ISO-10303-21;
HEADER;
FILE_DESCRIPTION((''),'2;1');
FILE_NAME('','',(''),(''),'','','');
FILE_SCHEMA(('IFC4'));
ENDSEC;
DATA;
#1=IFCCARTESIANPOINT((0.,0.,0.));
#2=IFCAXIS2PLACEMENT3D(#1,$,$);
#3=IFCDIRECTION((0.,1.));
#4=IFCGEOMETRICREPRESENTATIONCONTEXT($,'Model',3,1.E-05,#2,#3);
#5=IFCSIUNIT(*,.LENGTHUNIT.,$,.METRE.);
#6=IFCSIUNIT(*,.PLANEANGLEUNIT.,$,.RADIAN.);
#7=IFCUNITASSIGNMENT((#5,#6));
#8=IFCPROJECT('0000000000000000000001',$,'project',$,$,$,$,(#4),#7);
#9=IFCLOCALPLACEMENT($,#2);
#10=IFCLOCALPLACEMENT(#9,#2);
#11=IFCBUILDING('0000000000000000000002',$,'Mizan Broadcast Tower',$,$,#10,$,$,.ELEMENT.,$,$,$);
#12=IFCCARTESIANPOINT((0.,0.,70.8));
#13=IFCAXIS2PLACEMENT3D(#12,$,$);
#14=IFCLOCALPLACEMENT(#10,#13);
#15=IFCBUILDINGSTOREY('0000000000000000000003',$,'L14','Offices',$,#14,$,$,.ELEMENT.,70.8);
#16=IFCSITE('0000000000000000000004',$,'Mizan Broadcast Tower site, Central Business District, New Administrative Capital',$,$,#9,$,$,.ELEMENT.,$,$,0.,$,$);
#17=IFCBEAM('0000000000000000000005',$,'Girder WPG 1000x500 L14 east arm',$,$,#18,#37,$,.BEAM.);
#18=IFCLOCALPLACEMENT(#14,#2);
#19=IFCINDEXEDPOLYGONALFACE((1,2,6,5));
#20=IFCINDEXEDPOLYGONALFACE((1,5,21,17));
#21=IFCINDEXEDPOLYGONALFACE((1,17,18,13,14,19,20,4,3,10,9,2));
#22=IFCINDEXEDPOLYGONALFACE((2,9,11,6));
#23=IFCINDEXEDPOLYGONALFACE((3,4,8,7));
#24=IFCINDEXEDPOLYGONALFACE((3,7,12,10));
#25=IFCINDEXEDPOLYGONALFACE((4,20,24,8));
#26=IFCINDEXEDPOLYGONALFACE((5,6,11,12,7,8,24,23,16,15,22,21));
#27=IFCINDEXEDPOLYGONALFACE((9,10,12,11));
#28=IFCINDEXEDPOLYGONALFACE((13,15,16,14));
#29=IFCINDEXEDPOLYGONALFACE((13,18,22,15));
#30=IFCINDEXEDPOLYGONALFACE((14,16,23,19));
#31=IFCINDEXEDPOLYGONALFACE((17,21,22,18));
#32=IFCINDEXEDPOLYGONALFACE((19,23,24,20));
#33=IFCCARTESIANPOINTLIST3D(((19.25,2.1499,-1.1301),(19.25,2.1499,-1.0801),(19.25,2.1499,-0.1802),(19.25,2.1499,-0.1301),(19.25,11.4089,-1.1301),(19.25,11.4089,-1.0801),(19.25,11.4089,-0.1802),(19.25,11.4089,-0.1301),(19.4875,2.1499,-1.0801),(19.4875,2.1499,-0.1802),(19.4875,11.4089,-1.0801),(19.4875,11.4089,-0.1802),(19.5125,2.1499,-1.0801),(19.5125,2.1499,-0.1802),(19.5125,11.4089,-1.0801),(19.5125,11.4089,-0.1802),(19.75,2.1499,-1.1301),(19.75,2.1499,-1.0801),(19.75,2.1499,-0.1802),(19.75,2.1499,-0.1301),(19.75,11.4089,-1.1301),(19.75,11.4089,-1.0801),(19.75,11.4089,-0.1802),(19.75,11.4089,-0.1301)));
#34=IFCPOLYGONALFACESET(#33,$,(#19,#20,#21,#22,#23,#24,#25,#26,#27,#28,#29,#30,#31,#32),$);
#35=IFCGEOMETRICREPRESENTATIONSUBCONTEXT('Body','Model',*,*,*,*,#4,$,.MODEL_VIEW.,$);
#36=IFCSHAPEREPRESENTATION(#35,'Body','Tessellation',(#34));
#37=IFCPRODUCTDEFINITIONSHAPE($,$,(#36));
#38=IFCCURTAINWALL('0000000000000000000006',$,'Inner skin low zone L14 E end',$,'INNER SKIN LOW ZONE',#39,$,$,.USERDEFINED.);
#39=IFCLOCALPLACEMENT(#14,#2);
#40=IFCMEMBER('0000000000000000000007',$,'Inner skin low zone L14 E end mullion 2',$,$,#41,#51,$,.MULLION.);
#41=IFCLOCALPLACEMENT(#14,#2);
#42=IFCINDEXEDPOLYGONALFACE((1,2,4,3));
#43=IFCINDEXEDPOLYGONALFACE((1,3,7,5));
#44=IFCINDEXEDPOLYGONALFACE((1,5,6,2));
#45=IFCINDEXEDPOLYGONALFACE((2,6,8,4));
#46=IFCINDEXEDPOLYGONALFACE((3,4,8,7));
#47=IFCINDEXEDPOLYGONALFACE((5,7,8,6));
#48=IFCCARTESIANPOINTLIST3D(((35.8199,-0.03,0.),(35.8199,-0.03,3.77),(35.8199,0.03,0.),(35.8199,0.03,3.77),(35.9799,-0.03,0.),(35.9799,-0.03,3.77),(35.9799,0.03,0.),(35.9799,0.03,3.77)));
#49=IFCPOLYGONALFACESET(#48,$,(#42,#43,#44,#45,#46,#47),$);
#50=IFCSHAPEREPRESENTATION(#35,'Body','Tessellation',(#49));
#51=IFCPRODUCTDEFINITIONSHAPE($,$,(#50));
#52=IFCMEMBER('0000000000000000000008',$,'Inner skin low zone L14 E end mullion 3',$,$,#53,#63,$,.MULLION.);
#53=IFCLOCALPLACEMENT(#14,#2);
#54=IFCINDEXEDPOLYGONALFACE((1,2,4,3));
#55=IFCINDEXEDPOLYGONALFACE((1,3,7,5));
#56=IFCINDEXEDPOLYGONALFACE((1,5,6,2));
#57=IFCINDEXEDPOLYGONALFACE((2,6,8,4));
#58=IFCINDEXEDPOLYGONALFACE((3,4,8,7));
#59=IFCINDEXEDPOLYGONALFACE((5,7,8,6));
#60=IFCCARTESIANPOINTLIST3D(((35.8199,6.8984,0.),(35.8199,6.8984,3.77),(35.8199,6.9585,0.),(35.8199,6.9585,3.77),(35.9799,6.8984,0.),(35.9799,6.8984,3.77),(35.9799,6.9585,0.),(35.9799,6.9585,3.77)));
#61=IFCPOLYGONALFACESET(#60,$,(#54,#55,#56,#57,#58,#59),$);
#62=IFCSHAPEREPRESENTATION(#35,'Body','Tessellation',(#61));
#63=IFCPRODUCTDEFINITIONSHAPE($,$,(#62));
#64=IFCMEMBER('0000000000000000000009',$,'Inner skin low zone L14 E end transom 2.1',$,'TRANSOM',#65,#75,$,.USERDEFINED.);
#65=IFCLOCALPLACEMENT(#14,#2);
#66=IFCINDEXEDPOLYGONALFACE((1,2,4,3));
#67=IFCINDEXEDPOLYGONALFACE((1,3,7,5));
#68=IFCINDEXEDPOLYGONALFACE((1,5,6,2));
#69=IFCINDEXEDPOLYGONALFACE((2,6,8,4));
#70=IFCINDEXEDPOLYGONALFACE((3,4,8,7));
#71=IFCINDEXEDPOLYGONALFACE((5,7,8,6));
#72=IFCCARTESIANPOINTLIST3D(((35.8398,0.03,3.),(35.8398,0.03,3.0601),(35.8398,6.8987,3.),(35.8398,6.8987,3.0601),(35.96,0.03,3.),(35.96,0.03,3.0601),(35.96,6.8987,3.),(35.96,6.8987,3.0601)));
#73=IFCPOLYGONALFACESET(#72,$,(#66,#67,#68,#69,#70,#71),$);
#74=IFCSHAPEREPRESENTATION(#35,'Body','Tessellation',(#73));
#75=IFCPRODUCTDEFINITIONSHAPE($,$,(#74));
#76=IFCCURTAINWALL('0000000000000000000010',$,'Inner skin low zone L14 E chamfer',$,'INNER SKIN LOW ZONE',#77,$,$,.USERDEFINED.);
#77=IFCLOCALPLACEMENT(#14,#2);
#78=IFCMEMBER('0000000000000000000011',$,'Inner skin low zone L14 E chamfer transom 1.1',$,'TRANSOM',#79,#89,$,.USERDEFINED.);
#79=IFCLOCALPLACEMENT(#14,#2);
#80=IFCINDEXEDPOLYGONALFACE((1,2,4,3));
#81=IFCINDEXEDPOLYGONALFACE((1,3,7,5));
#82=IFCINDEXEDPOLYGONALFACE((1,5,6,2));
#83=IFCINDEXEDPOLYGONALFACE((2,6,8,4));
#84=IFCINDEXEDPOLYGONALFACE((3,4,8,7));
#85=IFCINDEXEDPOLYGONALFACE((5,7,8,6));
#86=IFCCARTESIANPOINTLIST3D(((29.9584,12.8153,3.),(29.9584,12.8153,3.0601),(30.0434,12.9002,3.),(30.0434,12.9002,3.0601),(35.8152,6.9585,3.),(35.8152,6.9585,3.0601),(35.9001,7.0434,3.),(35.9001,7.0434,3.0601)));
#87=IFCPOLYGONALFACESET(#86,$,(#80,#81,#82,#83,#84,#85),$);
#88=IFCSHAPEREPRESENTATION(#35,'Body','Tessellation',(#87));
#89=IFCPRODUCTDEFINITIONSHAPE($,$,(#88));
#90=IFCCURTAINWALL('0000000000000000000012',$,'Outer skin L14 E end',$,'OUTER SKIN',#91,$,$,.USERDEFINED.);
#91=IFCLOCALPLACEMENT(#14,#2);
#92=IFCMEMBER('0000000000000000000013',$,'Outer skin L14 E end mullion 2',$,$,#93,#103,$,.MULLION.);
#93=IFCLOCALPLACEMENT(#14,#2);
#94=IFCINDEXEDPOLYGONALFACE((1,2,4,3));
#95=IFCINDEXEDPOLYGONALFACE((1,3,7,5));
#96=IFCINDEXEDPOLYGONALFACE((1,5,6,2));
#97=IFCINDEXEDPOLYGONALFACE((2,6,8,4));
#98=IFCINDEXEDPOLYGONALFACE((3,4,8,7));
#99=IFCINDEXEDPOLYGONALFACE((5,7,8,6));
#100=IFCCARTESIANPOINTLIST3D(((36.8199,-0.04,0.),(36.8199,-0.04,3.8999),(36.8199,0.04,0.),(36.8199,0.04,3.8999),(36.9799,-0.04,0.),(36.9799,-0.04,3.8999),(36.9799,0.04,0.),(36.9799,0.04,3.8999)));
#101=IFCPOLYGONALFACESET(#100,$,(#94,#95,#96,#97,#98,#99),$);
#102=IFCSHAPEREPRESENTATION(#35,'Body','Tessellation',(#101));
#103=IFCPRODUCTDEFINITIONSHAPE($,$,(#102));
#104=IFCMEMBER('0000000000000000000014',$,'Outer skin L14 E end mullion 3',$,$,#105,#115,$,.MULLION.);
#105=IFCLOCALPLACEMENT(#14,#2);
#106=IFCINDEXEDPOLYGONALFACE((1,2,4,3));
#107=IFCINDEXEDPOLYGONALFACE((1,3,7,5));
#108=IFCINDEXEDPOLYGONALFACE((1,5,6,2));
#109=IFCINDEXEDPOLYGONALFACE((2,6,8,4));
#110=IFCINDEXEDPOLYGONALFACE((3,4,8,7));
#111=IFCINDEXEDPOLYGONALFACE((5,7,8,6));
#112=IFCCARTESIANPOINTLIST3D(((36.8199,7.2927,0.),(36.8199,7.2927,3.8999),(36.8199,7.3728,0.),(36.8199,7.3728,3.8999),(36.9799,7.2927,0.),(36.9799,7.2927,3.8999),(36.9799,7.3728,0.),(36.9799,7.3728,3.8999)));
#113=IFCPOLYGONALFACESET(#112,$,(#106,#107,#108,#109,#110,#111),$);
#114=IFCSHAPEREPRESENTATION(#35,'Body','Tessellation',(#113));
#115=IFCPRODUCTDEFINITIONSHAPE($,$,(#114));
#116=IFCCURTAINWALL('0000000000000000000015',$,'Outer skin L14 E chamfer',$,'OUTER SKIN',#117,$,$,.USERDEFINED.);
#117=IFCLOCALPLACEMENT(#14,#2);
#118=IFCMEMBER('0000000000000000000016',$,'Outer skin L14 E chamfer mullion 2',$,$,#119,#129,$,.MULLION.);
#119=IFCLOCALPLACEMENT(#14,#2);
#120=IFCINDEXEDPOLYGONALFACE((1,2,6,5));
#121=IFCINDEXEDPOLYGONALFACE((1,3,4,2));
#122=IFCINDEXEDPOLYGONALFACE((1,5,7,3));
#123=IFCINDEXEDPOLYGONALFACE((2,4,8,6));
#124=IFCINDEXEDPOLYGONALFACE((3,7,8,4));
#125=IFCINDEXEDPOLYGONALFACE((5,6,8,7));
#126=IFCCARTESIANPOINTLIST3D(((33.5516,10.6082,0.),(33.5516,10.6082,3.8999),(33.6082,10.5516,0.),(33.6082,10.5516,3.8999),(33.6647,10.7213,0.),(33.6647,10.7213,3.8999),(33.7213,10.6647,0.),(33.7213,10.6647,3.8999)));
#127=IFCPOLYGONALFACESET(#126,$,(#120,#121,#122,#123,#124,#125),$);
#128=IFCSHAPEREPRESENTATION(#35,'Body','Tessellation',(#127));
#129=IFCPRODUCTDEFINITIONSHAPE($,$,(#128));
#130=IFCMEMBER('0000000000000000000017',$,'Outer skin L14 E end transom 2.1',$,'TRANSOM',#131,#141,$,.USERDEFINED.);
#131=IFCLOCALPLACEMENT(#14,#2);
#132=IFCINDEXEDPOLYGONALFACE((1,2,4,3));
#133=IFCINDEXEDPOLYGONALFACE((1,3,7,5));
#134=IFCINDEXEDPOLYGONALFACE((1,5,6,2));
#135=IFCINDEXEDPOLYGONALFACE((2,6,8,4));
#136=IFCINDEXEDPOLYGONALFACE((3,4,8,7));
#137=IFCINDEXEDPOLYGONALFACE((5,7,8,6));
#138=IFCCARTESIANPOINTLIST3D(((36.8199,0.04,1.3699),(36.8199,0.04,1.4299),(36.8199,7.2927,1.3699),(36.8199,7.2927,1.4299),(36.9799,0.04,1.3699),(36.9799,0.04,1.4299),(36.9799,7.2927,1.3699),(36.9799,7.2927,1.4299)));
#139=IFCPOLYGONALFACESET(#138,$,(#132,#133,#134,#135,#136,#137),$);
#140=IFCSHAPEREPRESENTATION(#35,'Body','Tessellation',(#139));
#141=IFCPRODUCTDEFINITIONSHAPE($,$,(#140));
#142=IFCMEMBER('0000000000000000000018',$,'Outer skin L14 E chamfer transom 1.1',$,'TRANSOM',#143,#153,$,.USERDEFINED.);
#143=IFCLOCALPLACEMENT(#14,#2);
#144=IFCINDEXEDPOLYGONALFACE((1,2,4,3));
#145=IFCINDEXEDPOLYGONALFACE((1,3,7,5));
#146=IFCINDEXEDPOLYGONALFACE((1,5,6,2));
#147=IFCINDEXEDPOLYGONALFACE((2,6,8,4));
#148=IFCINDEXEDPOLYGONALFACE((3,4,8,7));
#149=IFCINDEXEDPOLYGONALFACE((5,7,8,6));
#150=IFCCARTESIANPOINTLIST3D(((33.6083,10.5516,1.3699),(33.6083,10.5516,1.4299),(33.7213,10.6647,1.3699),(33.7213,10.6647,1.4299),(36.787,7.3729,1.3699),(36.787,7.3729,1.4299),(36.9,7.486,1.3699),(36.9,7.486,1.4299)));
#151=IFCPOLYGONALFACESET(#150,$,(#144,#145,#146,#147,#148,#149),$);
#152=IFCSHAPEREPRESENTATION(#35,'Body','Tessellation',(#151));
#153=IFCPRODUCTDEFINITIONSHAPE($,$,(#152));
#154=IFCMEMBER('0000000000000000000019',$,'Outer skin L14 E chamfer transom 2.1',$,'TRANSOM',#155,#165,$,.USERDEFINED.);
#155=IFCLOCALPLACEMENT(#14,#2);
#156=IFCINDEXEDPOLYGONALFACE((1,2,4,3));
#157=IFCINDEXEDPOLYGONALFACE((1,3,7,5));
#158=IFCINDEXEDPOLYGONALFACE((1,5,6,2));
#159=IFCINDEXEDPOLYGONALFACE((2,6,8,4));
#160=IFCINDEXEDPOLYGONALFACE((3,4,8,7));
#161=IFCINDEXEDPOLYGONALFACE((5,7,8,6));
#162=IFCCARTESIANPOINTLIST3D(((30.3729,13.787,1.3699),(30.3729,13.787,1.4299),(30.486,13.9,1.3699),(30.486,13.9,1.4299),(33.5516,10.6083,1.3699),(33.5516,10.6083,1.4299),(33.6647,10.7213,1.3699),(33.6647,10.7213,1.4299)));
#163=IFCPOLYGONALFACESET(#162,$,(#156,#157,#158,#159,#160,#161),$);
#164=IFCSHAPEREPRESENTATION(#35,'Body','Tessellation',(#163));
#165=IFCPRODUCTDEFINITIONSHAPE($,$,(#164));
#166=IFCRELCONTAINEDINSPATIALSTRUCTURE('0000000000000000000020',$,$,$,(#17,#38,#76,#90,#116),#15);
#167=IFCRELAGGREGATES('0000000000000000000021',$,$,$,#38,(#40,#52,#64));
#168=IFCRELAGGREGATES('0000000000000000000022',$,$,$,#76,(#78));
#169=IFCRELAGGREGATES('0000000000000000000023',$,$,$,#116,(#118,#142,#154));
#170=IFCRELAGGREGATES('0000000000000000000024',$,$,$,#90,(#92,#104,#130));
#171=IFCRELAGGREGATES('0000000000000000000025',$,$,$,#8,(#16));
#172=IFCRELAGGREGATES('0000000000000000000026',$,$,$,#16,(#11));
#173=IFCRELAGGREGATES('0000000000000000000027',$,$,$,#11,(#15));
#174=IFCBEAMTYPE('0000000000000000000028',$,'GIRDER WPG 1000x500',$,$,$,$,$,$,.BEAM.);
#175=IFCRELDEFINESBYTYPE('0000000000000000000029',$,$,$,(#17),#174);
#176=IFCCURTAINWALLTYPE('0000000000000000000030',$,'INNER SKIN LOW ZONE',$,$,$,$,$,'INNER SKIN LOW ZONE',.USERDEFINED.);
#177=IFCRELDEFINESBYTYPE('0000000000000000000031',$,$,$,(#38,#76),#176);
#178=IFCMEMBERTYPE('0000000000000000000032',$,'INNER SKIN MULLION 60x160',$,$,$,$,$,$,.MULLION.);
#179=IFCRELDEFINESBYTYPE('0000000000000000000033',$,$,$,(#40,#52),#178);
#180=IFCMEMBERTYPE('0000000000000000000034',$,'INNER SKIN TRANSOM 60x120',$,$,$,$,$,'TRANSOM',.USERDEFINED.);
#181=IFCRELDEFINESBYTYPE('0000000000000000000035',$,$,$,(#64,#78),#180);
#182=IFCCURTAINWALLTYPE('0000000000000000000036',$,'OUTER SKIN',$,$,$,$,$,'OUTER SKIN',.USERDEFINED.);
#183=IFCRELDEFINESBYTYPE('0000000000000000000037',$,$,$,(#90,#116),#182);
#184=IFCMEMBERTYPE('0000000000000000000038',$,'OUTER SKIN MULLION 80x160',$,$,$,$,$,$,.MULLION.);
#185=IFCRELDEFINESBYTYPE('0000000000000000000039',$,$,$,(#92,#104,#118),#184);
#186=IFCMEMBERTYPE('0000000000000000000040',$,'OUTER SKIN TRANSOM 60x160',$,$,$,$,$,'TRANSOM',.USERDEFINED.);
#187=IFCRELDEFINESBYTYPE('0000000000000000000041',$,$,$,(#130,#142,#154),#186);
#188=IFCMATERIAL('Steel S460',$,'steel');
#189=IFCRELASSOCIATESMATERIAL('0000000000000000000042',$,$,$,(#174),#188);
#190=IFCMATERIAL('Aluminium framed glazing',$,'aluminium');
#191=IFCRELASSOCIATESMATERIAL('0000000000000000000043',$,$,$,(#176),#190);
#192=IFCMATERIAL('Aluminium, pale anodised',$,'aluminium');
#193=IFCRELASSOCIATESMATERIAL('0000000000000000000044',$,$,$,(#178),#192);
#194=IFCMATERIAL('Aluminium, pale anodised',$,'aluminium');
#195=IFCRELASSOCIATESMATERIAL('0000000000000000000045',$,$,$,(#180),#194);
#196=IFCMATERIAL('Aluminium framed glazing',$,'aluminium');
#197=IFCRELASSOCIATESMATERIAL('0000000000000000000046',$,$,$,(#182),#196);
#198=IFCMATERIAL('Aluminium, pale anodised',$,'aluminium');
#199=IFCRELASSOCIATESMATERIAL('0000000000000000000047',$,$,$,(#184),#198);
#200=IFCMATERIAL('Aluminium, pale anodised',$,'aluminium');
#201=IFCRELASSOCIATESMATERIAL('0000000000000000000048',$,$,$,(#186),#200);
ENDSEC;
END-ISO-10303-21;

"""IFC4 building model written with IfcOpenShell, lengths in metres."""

from ifc_helpers import new_model, si_unit, direction, frame, origin, origin_2d, place, context, subcontext, project, spatial, rectangle, i_section, extrude, material, material_profile, profile_set, type_object, element, aggregate, save


model = new_model("IFC4")

# Units and contexts
model_context = context("Model", 3, precision=1e-05, world=origin(), true_north=direction((0.0, 1.0)))
body_context = subcontext(model_context, "Body", "Model", "MODEL_VIEW")
ifc_project = project(units=[si_unit("LENGTHUNIT", "METRE"), si_unit("PLANEANGLEUNIT", "RADIAN")], contexts=[model_context])

# Site, building, storey
site_placement = place(None, origin())
site = spatial("IfcSite", under=ifc_project, at=site_placement, Name="Mizan Broadcast Tower site, Central Business District, New Administrative Capital", CompositionType="ELEMENT", RefElevation=0.0)
building_placement = place(site_placement, origin())
building = spatial("IfcBuilding", under=site, at=building_placement, Name="Mizan Broadcast Tower", CompositionType="ELEMENT")
storey_placement = place(building_placement, frame((0.0, 0.0, 70.8)))
storey = spatial("IfcBuildingStorey", under=building, at=storey_placement, Name="L14", Description="Offices", CompositionType="ELEMENT", Elevation=70.8)

# Beam
ifc_material_1 = material(Name="Steel S460", Category="steel")
ifc_material_profile_1 = material_profile(ifc_material_1, i_section(OverallWidth=0.5, OverallDepth=1.0, WebThickness=0.0249, FlangeThickness=0.05, at=origin_2d()), Name="WPG 1000x500")
ifc_profile_set_1 = profile_set([ifc_material_profile_1], Name="Steel S460")
beam_type_1 = type_object("IfcBeamType", Name="GIRDER WPG 1000x500", PredefinedType="BEAM", material=ifc_profile_set_1)
beam_1_placement = place(storey_placement, frame((19.5, 11.4089, -0.6301), z_axis=(0.0, -1.0, 0.0), x_axis=(1.0, 0.0, 0.0)))
element("IfcBeam", 1, at=beam_1_placement, inside=storey, type_object=beam_type_1, Name="Girder WPG 1000x500 L14 east arm", PredefinedType="BEAM", context=body_context, shape_type="SweptSolid", body=[
    extrude(i_section(OverallWidth=0.5, OverallDepth=1.0, WebThickness=0.0249, FlangeThickness=0.05, at=origin_2d()), origin(), (0.0, 0.0, 1.0), 9.259),
])

# Curtain wall, members
ifc_material_2 = material(Name="Aluminium framed glazing", Category="aluminium")
curtain_wall_type_1 = type_object("IfcCurtainWallType", Name="INNER SKIN LOW ZONE", ElementType="INNER SKIN LOW ZONE", PredefinedType="USERDEFINED", material=ifc_material_2)
curtain_wall_1_placement = place(storey_placement, origin())
curtain_wall_1 = element("IfcCurtainWall", 2, at=curtain_wall_1_placement, inside=storey, type_object=curtain_wall_type_1, Name="Inner skin low zone L14 E end", ObjectType="INNER SKIN LOW ZONE", PredefinedType="USERDEFINED")
ifc_material_3 = material(Name="Aluminium, pale anodised", Category="aluminium")
ifc_material_profile_2 = material_profile(ifc_material_3, rectangle(XDim=0.1599, YDim=0.0601, at=origin_2d()), Name="MULLION 160x60")
ifc_profile_set_2 = profile_set([ifc_material_profile_2], Name="Aluminium, pale anodised")
member_type_1 = type_object("IfcMemberType", Name="INNER SKIN MULLION 60x160", PredefinedType="MULLION", material=ifc_profile_set_2)
member_1_placement = place(storey_placement, frame((35.8999, 0.0, 0.0), z_axis=(0.0, 0.0, 1.0), x_axis=(-1.0, 0.0, 0.0)))
member_1 = element("IfcMember", 3, at=member_1_placement, type_object=member_type_1, Name="Inner skin low zone L14 E end mullion 2", PredefinedType="MULLION", context=body_context, shape_type="SweptSolid", body=[
    extrude(rectangle(XDim=0.1599, YDim=0.0601, at=origin_2d()), origin(), (0.0, 0.0, 1.0), 3.77),
])
member_2_placement = place(storey_placement, frame((35.8999, 6.9285, 0.0), z_axis=(0.0, 0.0, 1.0), x_axis=(-1.0, 0.0, 0.0)))
member_2 = element("IfcMember", 4, at=member_2_placement, type_object=member_type_1, Name="Inner skin low zone L14 E end mullion 3", PredefinedType="MULLION", context=body_context, shape_type="SweptSolid", body=[
    extrude(rectangle(XDim=0.1599, YDim=0.0601, at=origin_2d()), origin(), (0.0, 0.0, 1.0), 3.77),
])
ifc_material_4 = material(Name="Aluminium, pale anodised", Category="aluminium")
ifc_material_profile_3 = material_profile(ifc_material_4, rectangle(XDim=0.1201, YDim=0.0601, at=origin_2d()), Name="TRANSOM 120x60")
ifc_profile_set_3 = profile_set([ifc_material_profile_3], Name="Aluminium, pale anodised")
member_type_2 = type_object("IfcMemberType", Name="INNER SKIN TRANSOM 60x120", ElementType="TRANSOM", PredefinedType="USERDEFINED", material=ifc_profile_set_3)
member_3_placement = place(storey_placement, frame((35.8999, 0.03, 3.03), z_axis=(0.0, 1.0, 0.0), x_axis=(-1.0, 0.0, 0.0)))
member_3 = element("IfcMember", 5, at=member_3_placement, type_object=member_type_2, Name="Inner skin low zone L14 E end transom 2.1", ObjectType="TRANSOM", PredefinedType="USERDEFINED", context=body_context, shape_type="SweptSolid", body=[
    extrude(rectangle(XDim=0.1201, YDim=0.0601, at=origin_2d()), origin(), (0.0, 0.0, 1.0), 6.8687),
])

# Curtain wall, member
curtain_wall_2_placement = place(storey_placement, origin())
curtain_wall_2 = element("IfcCurtainWall", 6, at=curtain_wall_2_placement, inside=storey, type_object=curtain_wall_type_1, Name="Inner skin low zone L14 E chamfer", ObjectType="INNER SKIN LOW ZONE", PredefinedType="USERDEFINED")
member_4_placement = place(storey_placement, frame((35.8577, 7.001, 3.03), z_axis=(-0.707107, 0.707107, 0.0), x_axis=(-0.707107, -0.707107, 0.0)))
member_4 = element("IfcMember", 7, at=member_4_placement, type_object=member_type_2, Name="Inner skin low zone L14 E chamfer transom 1.1", ObjectType="TRANSOM", PredefinedType="USERDEFINED", context=body_context, shape_type="SweptSolid", body=[
    extrude(rectangle(XDim=0.1201, YDim=0.0601, at=origin_2d()), origin(), (0.0, 0.0, 1.0), 8.2827),
])

# Curtain wall, members
ifc_material_5 = material(Name="Aluminium framed glazing", Category="aluminium")
curtain_wall_type_2 = type_object("IfcCurtainWallType", Name="OUTER SKIN", ElementType="OUTER SKIN", PredefinedType="USERDEFINED", material=ifc_material_5)
curtain_wall_3_placement = place(storey_placement, origin())
curtain_wall_3 = element("IfcCurtainWall", 8, at=curtain_wall_3_placement, inside=storey, type_object=curtain_wall_type_2, Name="Outer skin L14 E end", ObjectType="OUTER SKIN", PredefinedType="USERDEFINED")
ifc_material_6 = material(Name="Aluminium, pale anodised", Category="aluminium")
ifc_material_profile_4 = material_profile(ifc_material_6, rectangle(XDim=0.1599, YDim=0.0801, at=origin_2d()), Name="MULLION 160x80")
ifc_profile_set_4 = profile_set([ifc_material_profile_4], Name="Aluminium, pale anodised")
member_type_3 = type_object("IfcMemberType", Name="OUTER SKIN MULLION 80x160", PredefinedType="MULLION", material=ifc_profile_set_4)
member_5_placement = place(storey_placement, frame((36.8999, 0.0, 0.0), z_axis=(0.0, 0.0, 1.0), x_axis=(-1.0, 0.0, 0.0)))
member_5 = element("IfcMember", 9, at=member_5_placement, type_object=member_type_3, Name="Outer skin L14 E end mullion 2", PredefinedType="MULLION", context=body_context, shape_type="SweptSolid", body=[
    extrude(rectangle(XDim=0.1599, YDim=0.0801, at=origin_2d()), origin(), (0.0, 0.0, 1.0), 3.8999),
])
member_6_placement = place(storey_placement, frame((36.8999, 7.3328, 0.0), z_axis=(0.0, 0.0, 1.0), x_axis=(-1.0, 0.0, 0.0)))
member_6 = element("IfcMember", 10, at=member_6_placement, type_object=member_type_3, Name="Outer skin L14 E end mullion 3", PredefinedType="MULLION", context=body_context, shape_type="SweptSolid", body=[
    extrude(rectangle(XDim=0.1599, YDim=0.0801, at=origin_2d()), origin(), (0.0, 0.0, 1.0), 3.8999),
])

# Curtain wall, member
curtain_wall_4_placement = place(storey_placement, origin())
curtain_wall_4 = element("IfcCurtainWall", 11, at=curtain_wall_4_placement, inside=storey, type_object=curtain_wall_type_2, Name="Outer skin L14 E chamfer", ObjectType="OUTER SKIN", PredefinedType="USERDEFINED")
member_7_placement = place(storey_placement, frame((33.6365, 10.6365, 0.0), z_axis=(0.0, 0.0, 1.0), x_axis=(-0.707107, -0.707107, 0.0)))
member_7 = element("IfcMember", 12, at=member_7_placement, type_object=member_type_3, Name="Outer skin L14 E chamfer mullion 2", PredefinedType="MULLION", context=body_context, shape_type="SweptSolid", body=[
    extrude(rectangle(XDim=0.1599, YDim=0.0801, at=origin_2d()), origin(), (0.0, 0.0, 1.0), 3.8999),
])

# Members
ifc_material_7 = material(Name="Aluminium, pale anodised", Category="aluminium")
ifc_material_profile_5 = material_profile(ifc_material_7, rectangle(XDim=0.1599, YDim=0.0601, at=origin_2d()), Name="TRANSOM 160x60")
ifc_profile_set_5 = profile_set([ifc_material_profile_5], Name="Aluminium, pale anodised")
member_type_4 = type_object("IfcMemberType", Name="OUTER SKIN TRANSOM 60x160", ElementType="TRANSOM", PredefinedType="USERDEFINED", material=ifc_profile_set_5)
member_8_placement = place(storey_placement, frame((36.8999, 0.04, 1.3999), z_axis=(0.0, 1.0, 0.0), x_axis=(-1.0, 0.0, 0.0)))
member_8 = element("IfcMember", 13, at=member_8_placement, type_object=member_type_4, Name="Outer skin L14 E end transom 2.1", ObjectType="TRANSOM", PredefinedType="USERDEFINED", context=body_context, shape_type="SweptSolid", body=[
    extrude(rectangle(XDim=0.1599, YDim=0.0601, at=origin_2d()), origin(), (0.0, 0.0, 1.0), 7.2527),
])
member_9_placement = place(storey_placement, frame((36.8435, 7.4294, 1.3999), z_axis=(-0.707107, 0.707107, 0.0), x_axis=(-0.707107, -0.707107, 0.0)))
member_9 = element("IfcMember", 14, at=member_9_placement, type_object=member_type_4, Name="Outer skin L14 E chamfer transom 1.1", ObjectType="TRANSOM", PredefinedType="USERDEFINED", context=body_context, shape_type="SweptSolid", body=[
    extrude(rectangle(XDim=0.1599, YDim=0.0601, at=origin_2d()), origin(), (0.0, 0.0, 1.0), 4.4954),
])
member_10_placement = place(storey_placement, frame((33.6082, 10.6648, 1.3999), z_axis=(-0.707107, 0.707107, 0.0), x_axis=(-0.707107, -0.707107, 0.0)))
member_10 = element("IfcMember", 15, at=member_10_placement, type_object=member_type_4, Name="Outer skin L14 E chamfer transom 2.1", ObjectType="TRANSOM", PredefinedType="USERDEFINED", context=body_context, shape_type="SweptSolid", body=[
    extrude(rectangle(XDim=0.1599, YDim=0.0601, at=origin_2d()), origin(), (0.0, 0.0, 1.0), 4.4954),
])

aggregate(curtain_wall_1, [member_1, member_2, member_3])
aggregate(curtain_wall_2, [member_4])
aggregate(curtain_wall_4, [member_7, member_9, member_10])
aggregate(curtain_wall_3, [member_5, member_6, member_8])

save(model, "model.ifc")
